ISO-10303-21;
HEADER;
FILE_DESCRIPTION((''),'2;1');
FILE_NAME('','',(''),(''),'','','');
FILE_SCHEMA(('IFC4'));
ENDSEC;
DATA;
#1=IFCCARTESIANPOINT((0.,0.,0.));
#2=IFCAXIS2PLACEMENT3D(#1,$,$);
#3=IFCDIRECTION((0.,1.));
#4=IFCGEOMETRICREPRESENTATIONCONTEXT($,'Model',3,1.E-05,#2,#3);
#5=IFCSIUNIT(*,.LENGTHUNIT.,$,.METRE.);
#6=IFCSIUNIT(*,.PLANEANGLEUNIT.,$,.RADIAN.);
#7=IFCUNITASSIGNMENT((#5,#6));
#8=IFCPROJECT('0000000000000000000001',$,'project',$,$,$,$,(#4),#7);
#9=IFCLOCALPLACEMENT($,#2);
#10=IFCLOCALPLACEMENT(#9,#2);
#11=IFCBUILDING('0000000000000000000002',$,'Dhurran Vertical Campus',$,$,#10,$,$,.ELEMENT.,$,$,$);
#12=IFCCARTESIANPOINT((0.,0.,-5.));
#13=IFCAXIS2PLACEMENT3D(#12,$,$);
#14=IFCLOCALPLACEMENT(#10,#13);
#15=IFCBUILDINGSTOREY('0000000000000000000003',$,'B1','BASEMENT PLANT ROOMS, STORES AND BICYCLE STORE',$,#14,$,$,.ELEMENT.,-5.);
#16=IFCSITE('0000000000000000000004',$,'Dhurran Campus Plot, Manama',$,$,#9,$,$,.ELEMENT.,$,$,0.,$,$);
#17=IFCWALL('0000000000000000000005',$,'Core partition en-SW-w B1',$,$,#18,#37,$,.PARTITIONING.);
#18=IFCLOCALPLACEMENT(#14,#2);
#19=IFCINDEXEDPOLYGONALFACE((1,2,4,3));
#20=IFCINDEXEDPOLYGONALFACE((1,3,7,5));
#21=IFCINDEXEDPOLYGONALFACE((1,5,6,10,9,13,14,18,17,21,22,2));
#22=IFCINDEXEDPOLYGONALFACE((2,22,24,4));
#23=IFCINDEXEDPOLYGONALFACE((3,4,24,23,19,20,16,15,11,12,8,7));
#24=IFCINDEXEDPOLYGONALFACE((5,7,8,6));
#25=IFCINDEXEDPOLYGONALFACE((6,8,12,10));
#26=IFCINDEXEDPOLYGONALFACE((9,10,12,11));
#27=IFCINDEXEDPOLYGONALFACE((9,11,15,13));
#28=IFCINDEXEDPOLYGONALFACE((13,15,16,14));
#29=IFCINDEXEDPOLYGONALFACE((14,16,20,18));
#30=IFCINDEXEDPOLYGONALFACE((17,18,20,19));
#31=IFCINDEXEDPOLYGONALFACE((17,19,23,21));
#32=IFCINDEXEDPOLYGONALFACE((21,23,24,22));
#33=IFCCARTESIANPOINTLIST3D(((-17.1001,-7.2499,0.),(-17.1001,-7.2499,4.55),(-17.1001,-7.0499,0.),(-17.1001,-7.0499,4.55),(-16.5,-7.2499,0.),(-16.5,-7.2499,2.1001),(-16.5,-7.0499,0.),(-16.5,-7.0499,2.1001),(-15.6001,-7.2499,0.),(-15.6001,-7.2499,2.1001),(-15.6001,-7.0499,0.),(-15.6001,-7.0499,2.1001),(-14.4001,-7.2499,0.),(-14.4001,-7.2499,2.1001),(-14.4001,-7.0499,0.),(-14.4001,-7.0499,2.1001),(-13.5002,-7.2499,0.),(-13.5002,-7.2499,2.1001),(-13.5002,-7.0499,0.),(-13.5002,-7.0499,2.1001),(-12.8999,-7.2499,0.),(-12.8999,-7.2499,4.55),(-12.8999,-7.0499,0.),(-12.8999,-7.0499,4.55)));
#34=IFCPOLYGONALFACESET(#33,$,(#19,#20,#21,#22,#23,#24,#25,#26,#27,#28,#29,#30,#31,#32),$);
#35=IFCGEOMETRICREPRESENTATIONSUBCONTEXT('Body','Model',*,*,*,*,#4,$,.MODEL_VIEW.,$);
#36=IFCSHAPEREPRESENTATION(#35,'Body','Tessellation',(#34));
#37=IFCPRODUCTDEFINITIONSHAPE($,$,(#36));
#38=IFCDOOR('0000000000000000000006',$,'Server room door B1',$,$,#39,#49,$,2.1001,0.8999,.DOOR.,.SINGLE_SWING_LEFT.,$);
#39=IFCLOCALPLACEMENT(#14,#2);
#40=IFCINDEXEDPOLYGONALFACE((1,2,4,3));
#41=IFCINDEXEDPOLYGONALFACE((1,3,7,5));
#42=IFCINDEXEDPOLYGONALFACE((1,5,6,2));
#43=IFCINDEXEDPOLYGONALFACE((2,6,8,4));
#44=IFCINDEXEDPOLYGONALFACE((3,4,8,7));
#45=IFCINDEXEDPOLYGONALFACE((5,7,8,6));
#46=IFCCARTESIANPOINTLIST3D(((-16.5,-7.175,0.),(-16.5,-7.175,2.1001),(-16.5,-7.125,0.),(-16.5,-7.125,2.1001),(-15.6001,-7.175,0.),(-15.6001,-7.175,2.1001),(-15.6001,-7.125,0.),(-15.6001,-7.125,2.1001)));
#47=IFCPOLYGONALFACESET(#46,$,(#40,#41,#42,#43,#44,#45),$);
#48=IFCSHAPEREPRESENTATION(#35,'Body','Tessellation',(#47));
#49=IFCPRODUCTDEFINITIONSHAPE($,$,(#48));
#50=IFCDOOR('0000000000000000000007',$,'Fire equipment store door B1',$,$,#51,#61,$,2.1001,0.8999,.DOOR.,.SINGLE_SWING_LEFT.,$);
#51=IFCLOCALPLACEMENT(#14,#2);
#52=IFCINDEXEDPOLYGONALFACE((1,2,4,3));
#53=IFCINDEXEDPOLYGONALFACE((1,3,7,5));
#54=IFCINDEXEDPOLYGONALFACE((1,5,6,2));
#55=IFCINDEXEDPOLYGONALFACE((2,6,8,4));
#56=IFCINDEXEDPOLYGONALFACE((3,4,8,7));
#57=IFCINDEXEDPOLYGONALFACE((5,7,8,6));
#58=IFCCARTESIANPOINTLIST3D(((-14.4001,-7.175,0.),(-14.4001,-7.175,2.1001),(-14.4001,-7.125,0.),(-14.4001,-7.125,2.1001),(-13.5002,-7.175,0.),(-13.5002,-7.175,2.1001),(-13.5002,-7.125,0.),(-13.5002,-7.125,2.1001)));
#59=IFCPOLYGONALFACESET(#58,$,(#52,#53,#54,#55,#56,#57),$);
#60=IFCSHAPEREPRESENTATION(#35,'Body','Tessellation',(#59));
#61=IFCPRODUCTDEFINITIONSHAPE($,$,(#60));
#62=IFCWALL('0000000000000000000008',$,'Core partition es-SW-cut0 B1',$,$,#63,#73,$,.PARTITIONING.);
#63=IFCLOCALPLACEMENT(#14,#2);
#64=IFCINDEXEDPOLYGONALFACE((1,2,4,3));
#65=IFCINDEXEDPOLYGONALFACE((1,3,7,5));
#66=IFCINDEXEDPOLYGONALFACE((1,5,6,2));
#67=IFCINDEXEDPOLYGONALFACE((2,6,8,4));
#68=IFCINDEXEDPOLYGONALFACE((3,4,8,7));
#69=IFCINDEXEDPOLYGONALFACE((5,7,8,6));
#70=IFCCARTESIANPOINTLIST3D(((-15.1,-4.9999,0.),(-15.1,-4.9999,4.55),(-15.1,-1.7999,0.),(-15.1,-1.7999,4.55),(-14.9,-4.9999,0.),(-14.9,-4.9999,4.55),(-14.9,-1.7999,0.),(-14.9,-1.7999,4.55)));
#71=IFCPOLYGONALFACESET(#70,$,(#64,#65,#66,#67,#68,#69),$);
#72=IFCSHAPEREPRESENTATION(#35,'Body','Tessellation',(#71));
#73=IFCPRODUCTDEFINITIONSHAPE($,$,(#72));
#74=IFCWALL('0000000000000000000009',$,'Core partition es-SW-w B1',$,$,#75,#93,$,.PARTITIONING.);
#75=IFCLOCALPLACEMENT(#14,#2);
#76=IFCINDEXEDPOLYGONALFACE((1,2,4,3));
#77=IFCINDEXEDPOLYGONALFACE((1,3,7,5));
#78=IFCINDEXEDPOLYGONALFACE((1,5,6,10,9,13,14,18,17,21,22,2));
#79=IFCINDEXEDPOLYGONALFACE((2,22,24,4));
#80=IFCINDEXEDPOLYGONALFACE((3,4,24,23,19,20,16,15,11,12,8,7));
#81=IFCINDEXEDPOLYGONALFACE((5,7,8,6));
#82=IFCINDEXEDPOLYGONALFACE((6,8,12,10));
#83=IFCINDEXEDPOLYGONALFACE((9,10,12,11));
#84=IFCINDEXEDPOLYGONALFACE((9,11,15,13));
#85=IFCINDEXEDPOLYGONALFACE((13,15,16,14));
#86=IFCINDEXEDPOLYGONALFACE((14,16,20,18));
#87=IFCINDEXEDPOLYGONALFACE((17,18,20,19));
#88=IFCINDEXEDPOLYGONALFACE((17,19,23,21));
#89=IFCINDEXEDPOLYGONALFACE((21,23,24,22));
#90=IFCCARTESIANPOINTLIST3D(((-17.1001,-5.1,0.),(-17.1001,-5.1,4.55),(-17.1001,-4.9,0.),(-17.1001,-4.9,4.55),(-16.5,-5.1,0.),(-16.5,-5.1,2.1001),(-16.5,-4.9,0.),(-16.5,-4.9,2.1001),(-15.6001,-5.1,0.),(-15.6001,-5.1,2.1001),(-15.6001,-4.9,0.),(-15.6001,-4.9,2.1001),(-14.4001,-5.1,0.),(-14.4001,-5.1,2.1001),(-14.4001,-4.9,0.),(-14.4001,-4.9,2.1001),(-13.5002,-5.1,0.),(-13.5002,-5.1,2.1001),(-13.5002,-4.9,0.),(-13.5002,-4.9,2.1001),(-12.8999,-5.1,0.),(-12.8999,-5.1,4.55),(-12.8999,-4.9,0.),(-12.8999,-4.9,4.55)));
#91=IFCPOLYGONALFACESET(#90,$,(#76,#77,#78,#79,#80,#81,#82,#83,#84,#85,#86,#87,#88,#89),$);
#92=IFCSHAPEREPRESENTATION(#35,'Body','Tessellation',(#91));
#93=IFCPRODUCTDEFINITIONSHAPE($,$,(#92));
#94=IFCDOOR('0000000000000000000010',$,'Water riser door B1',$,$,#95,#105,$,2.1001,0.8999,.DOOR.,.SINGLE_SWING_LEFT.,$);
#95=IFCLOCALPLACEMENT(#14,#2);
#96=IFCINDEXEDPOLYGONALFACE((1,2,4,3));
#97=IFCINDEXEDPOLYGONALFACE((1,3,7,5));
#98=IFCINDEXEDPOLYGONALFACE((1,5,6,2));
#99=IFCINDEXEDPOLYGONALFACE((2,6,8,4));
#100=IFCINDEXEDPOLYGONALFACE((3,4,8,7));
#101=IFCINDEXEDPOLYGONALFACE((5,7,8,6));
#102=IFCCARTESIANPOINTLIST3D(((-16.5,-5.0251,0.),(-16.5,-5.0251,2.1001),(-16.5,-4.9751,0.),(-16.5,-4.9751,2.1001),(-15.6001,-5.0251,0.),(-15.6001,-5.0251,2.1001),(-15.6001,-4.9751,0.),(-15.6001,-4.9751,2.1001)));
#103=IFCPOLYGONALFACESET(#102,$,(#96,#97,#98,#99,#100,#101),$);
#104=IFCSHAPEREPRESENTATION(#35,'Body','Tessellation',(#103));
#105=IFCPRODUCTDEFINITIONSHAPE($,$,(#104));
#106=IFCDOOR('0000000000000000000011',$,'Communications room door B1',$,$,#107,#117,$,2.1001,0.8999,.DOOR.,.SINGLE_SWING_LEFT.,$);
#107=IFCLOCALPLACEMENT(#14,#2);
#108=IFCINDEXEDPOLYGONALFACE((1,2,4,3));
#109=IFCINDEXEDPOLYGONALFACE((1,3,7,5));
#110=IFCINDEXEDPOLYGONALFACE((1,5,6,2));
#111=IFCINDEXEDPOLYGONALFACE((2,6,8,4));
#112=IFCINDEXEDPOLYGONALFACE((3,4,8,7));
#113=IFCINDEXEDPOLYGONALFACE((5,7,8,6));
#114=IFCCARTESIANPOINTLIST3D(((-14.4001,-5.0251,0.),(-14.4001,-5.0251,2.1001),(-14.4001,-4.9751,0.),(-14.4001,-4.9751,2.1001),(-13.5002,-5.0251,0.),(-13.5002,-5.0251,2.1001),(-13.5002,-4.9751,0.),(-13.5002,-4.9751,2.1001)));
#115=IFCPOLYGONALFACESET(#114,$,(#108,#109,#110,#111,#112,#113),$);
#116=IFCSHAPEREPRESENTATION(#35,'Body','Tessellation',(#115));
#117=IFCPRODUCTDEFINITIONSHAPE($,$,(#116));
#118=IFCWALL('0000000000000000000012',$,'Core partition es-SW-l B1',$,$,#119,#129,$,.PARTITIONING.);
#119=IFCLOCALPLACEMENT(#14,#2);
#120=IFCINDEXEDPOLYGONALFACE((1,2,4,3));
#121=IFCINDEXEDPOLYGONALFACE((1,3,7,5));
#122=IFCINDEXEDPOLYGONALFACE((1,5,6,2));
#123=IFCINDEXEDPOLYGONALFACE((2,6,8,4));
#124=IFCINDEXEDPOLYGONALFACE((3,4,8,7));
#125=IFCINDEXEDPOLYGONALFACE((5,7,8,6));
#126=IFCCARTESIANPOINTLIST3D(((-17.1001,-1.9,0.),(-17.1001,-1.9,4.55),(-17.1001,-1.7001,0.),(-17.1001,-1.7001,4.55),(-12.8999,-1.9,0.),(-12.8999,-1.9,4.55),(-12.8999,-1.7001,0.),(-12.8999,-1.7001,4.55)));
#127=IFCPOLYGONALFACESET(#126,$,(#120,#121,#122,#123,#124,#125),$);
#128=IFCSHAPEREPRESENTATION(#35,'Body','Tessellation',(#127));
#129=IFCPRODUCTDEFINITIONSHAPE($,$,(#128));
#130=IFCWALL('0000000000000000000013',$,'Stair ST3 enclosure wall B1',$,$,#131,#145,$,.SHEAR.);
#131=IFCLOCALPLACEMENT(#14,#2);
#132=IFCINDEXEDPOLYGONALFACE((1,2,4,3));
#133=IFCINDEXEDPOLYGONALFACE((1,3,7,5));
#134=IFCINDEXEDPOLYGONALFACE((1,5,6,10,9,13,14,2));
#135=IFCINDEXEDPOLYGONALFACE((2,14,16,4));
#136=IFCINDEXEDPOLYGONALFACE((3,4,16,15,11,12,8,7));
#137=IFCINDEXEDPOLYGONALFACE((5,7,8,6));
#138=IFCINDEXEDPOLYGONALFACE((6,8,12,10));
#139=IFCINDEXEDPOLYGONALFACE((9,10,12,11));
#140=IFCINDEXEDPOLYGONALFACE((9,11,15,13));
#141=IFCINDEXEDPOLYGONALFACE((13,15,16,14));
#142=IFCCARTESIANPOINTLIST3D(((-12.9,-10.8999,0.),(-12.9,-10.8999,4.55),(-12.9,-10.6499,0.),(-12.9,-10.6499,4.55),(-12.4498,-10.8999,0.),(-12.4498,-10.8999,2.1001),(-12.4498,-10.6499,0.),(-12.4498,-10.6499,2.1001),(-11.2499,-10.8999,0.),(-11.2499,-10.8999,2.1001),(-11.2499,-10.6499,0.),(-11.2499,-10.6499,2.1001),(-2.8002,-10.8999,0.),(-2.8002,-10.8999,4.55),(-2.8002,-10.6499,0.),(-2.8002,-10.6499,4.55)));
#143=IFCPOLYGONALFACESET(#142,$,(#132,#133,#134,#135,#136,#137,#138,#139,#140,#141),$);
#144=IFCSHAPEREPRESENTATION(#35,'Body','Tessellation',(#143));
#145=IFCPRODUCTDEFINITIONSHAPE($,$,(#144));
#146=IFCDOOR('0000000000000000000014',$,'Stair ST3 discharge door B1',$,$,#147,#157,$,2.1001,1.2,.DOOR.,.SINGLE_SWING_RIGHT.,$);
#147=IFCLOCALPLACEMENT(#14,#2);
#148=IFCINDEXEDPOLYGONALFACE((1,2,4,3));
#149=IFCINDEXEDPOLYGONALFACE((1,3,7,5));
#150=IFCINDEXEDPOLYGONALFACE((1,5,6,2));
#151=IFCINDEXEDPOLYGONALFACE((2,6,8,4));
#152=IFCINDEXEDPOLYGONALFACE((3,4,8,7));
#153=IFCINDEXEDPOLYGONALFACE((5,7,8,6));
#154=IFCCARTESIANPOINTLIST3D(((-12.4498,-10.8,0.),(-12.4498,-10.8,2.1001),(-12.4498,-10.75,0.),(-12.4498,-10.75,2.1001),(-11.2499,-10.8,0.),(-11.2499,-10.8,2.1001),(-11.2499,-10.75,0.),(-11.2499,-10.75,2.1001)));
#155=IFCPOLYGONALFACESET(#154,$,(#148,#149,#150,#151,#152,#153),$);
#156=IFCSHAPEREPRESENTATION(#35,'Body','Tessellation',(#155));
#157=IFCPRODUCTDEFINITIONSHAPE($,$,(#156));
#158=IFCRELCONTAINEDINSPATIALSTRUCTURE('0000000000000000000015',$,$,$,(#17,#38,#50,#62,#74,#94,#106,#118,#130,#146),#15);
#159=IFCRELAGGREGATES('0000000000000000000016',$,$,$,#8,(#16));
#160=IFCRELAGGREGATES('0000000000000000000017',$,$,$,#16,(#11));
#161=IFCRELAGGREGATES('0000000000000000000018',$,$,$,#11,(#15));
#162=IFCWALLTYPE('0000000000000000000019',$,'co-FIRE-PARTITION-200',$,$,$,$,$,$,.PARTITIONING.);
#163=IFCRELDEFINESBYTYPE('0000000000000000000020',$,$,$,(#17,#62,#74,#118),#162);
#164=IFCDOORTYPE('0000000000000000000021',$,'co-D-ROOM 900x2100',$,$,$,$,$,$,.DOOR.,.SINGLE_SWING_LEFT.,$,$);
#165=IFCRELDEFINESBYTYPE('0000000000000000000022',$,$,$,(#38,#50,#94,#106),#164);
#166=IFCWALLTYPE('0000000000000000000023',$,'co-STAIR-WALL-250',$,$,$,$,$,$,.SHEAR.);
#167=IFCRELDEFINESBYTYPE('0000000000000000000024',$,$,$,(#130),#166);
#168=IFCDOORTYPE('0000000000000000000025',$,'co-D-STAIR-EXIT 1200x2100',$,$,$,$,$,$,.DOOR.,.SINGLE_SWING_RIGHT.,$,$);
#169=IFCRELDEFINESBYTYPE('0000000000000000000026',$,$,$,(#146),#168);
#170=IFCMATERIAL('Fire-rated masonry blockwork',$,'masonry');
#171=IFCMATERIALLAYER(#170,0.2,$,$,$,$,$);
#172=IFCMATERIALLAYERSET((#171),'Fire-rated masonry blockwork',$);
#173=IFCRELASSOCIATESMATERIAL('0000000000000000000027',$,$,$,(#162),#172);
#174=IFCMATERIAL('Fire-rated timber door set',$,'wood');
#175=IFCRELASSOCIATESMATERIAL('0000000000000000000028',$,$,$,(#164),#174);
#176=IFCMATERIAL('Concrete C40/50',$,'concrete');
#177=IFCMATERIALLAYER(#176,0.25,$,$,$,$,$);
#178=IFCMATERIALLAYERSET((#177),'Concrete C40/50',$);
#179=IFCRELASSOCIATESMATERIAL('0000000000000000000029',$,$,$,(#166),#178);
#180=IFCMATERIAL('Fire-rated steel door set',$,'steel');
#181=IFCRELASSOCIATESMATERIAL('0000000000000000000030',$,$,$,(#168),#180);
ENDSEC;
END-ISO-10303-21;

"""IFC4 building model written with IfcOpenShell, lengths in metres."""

from ifc_helpers import new_model, si_unit, direction, frame, frame_2d, origin, place, context, subcontext, project, spatial, rectangle, extrude, material, layer, layer_set, type_object, element, fill, save


model = new_model("IFC4")

# Units and contexts
model_context = context("Model", 3, precision=1e-05, world=origin(), true_north=direction((0.0, 1.0)))
body_context = subcontext(model_context, "Body", "Model", "MODEL_VIEW")
ifc_project = project(units=[si_unit("LENGTHUNIT", "METRE"), si_unit("PLANEANGLEUNIT", "RADIAN")], contexts=[model_context])

# Site, building, storey
site_placement = place(None, origin())
site = spatial("IfcSite", under=ifc_project, at=site_placement, Name="Dhurran Campus Plot, Manama", CompositionType="ELEMENT", RefElevation=0.0)
building_placement = place(site_placement, origin())
building = spatial("IfcBuilding", under=site, at=building_placement, Name="Dhurran Vertical Campus", CompositionType="ELEMENT")
storey_placement = place(building_placement, frame((0.0, 0.0, -5.0)))
storey = spatial("IfcBuildingStorey", under=building, at=storey_placement, Name="B1", Description="BASEMENT PLANT ROOMS, STORES AND BICYCLE STORE", CompositionType="ELEMENT", Elevation=-5.0)

# Wall, openings, doors
ifc_material_1 = material(Name="Fire-rated masonry blockwork", Category="masonry")
ifc_layer_1 = layer(ifc_material_1, 0.2)
ifc_layer_set_1 = layer_set([ifc_layer_1], Name="Fire-rated masonry blockwork")
wall_type_1 = type_object("IfcWallType", Name="co-FIRE-PARTITION-200", PredefinedType="PARTITIONING", material=ifc_layer_set_1)
wall_1_placement = place(storey_placement, frame((-17.1001, -7.1499, 0.0), z_axis=(0.0, 0.0, 1.0), x_axis=(1.0, 0.0, 0.0)))
wall_1 = element("IfcWall", 1, at=wall_1_placement, inside=storey, type_object=wall_type_1, Name="Core partition en-SW-w B1", PredefinedType="PARTITIONING", context=body_context, shape_type="SweptSolid", body=[
    extrude(rectangle(XDim=4.2002, YDim=0.2, at=frame_2d((2.1001, 0.0))), origin(), (0.0, 0.0, 1.0), 4.55),
])
opening_1_placement = place(wall_1_placement, frame((0.6001, 0.0, 0.0)))
opening_1 = element("IfcOpeningElement", 2, at=opening_1_placement, cuts=wall_1, PredefinedType="OPENING", context=body_context, shape_type="SweptSolid", body=[
    extrude(rectangle(XDim=0.8999, YDim=2.1001, at=frame_2d((0.45, 1.05))), frame((0.0, 0.1099, 0.0), z_axis=(0.0, -1.0, 0.0), x_axis=(1.0, 0.0, 0.0)), (0.0, 0.0, 1.0), 0.22),
])
opening_2_placement = place(wall_1_placement, frame((2.7, 0.0, 0.0)))
opening_2 = element("IfcOpeningElement", 3, at=opening_2_placement, cuts=wall_1, PredefinedType="OPENING", context=body_context, shape_type="SweptSolid", body=[
    extrude(rectangle(XDim=0.8999, YDim=2.1001, at=frame_2d((0.45, 1.05))), frame((0.0, 0.1099, 0.0), z_axis=(0.0, -1.0, 0.0), x_axis=(1.0, 0.0, 0.0)), (0.0, 0.0, 1.0), 0.22),
])
ifc_material_2 = material(Name="Fire-rated timber door set", Category="wood")
door_type_1 = type_object("IfcDoorType", Name="co-D-ROOM 900x2100", OperationType="SINGLE_SWING_LEFT", PredefinedType="DOOR", material=ifc_material_2)
door_1_placement = place(opening_1_placement, origin())
door_1 = element("IfcDoor", 4, at=door_1_placement, inside=storey, type_object=door_type_1, Name="Server room door B1", OperationType="SINGLE_SWING_LEFT", OverallHeight=2.1001, OverallWidth=0.8999, PredefinedType="DOOR", context=body_context, shape_type="SweptSolid", body=[
    extrude(rectangle(XDim=0.8999, YDim=2.1001, at=frame_2d((0.45, 1.05))), frame((0.0, 0.0249, 0.0), z_axis=(0.0, -1.0, 0.0), x_axis=(1.0, 0.0, 0.0)), (0.0, 0.0, 1.0), 0.05),
])
fill(opening_1, door_1)
door_2_placement = place(opening_2_placement, origin())
door_2 = element("IfcDoor", 5, at=door_2_placement, inside=storey, type_object=door_type_1, Name="Fire equipment store door B1", OperationType="SINGLE_SWING_LEFT", OverallHeight=2.1001, OverallWidth=0.8999, PredefinedType="DOOR", context=body_context, shape_type="SweptSolid", body=[
    extrude(rectangle(XDim=0.8999, YDim=2.1001, at=frame_2d((0.45, 1.05))), frame((0.0, 0.0249, 0.0), z_axis=(0.0, -1.0, 0.0), x_axis=(1.0, 0.0, 0.0)), (0.0, 0.0, 1.0), 0.05),
])
fill(opening_2, door_2)

# Wall
wall_2_placement = place(storey_placement, frame((-15.0, -5.0, 0.0), z_axis=(0.0, 0.0, 1.0), x_axis=(0.0, 1.0, 0.0)))
element("IfcWall", 6, at=wall_2_placement, inside=storey, type_object=wall_type_1, Name="Core partition es-SW-cut0 B1", PredefinedType="PARTITIONING", context=body_context, shape_type="SweptSolid", body=[
    extrude(rectangle(XDim=3.2, YDim=0.2, at=frame_2d((1.6001, 0.0))), origin(), (0.0, 0.0, 1.0), 4.55),
])

# Wall, openings, doors
wall_3_placement = place(storey_placement, frame((-17.1001, -5.0, 0.0), z_axis=(0.0, 0.0, 1.0), x_axis=(1.0, 0.0, 0.0)))
wall_3 = element("IfcWall", 7, at=wall_3_placement, inside=storey, type_object=wall_type_1, Name="Core partition es-SW-w B1", PredefinedType="PARTITIONING", context=body_context, shape_type="SweptSolid", body=[
    extrude(rectangle(XDim=4.2002, YDim=0.2, at=frame_2d((2.1001, 0.0))), origin(), (0.0, 0.0, 1.0), 4.55),
])
opening_3_placement = place(wall_3_placement, frame((0.6001, 0.0, 0.0)))
opening_3 = element("IfcOpeningElement", 8, at=opening_3_placement, cuts=wall_3, PredefinedType="OPENING", context=body_context, shape_type="SweptSolid", body=[
    extrude(rectangle(XDim=0.8999, YDim=2.1001, at=frame_2d((0.45, 1.05))), frame((0.0, 0.1099, 0.0), z_axis=(0.0, -1.0, 0.0), x_axis=(1.0, 0.0, 0.0)), (0.0, 0.0, 1.0), 0.22),
])
opening_4_placement = place(wall_3_placement, frame((2.7, 0.0, 0.0)))
opening_4 = element("IfcOpeningElement", 9, at=opening_4_placement, cuts=wall_3, PredefinedType="OPENING", context=body_context, shape_type="SweptSolid", body=[
    extrude(rectangle(XDim=0.8999, YDim=2.1001, at=frame_2d((0.45, 1.05))), frame((0.0, 0.1099, 0.0), z_axis=(0.0, -1.0, 0.0), x_axis=(1.0, 0.0, 0.0)), (0.0, 0.0, 1.0), 0.22),
])
door_3_placement = place(opening_3_placement, origin())
door_3 = element("IfcDoor", 10, at=door_3_placement, inside=storey, type_object=door_type_1, Name="Water riser door B1", OperationType="SINGLE_SWING_LEFT", OverallHeight=2.1001, OverallWidth=0.8999, PredefinedType="DOOR", context=body_context, shape_type="SweptSolid", body=[
    extrude(rectangle(XDim=0.8999, YDim=2.1001, at=frame_2d((0.45, 1.05))), frame((0.0, 0.0249, 0.0), z_axis=(0.0, -1.0, 0.0), x_axis=(1.0, 0.0, 0.0)), (0.0, 0.0, 1.0), 0.05),
])
fill(opening_3, door_3)
door_4_placement = place(opening_4_placement, origin())
door_4 = element("IfcDoor", 11, at=door_4_placement, inside=storey, type_object=door_type_1, Name="Communications room door B1", OperationType="SINGLE_SWING_LEFT", OverallHeight=2.1001, OverallWidth=0.8999, PredefinedType="DOOR", context=body_context, shape_type="SweptSolid", body=[
    extrude(rectangle(XDim=0.8999, YDim=2.1001, at=frame_2d((0.45, 1.05))), frame((0.0, 0.0249, 0.0), z_axis=(0.0, -1.0, 0.0), x_axis=(1.0, 0.0, 0.0)), (0.0, 0.0, 1.0), 0.05),
])
fill(opening_4, door_4)

# Wall
wall_4_placement = place(storey_placement, frame((-17.1001, -1.8, 0.0), z_axis=(0.0, 0.0, 1.0), x_axis=(1.0, 0.0, 0.0)))
element("IfcWall", 12, at=wall_4_placement, inside=storey, type_object=wall_type_1, Name="Core partition es-SW-l B1", PredefinedType="PARTITIONING", context=body_context, shape_type="SweptSolid", body=[
    extrude(rectangle(XDim=4.2002, YDim=0.2, at=frame_2d((2.1001, 0.0))), origin(), (0.0, 0.0, 1.0), 4.55),
])

# Wall, opening, door
ifc_material_3 = material(Name="Concrete C40/50", Category="concrete")
ifc_layer_2 = layer(ifc_material_3, 0.25)
ifc_layer_set_2 = layer_set([ifc_layer_2], Name="Concrete C40/50")
wall_type_2 = type_object("IfcWallType", Name="co-STAIR-WALL-250", PredefinedType="SHEAR", material=ifc_layer_set_2)
wall_5_placement = place(storey_placement, frame((-12.8999, -10.7749, 0.0), z_axis=(0.0, 0.0, 1.0), x_axis=(1.0, 0.0, 0.0)))
wall_5 = element("IfcWall", 13, at=wall_5_placement, inside=storey, type_object=wall_type_2, Name="Stair ST3 enclosure wall B1", PredefinedType="SHEAR", context=body_context, shape_type="SweptSolid", body=[
    extrude(rectangle(XDim=10.0999, YDim=0.25, at=frame_2d((5.0498, 0.0))), origin(), (0.0, 0.0, 1.0), 4.55),
])
opening_5_placement = place(wall_5_placement, frame((0.45, 0.0, 0.0)))
opening_5 = element("IfcOpeningElement", 14, at=opening_5_placement, cuts=wall_5, PredefinedType="OPENING", context=body_context, shape_type="SweptSolid", body=[
    extrude(rectangle(XDim=1.2, YDim=2.1001, at=frame_2d((0.6001, 1.05))), frame((0.0, 0.135, 0.0), z_axis=(0.0, -1.0, 0.0), x_axis=(1.0, 0.0, 0.0)), (0.0, 0.0, 1.0), 0.27),
])
ifc_material_4 = material(Name="Fire-rated steel door set", Category="steel")
door_type_2 = type_object("IfcDoorType", Name="co-D-STAIR-EXIT 1200x2100", OperationType="SINGLE_SWING_RIGHT", PredefinedType="DOOR", material=ifc_material_4)
door_5_placement = place(opening_5_placement, origin())
door_5 = element("IfcDoor", 15, at=door_5_placement, inside=storey, type_object=door_type_2, Name="Stair ST3 discharge door B1", OperationType="SINGLE_SWING_RIGHT", OverallHeight=2.1001, OverallWidth=1.2, PredefinedType="DOOR", context=body_context, shape_type="SweptSolid", body=[
    extrude(rectangle(XDim=1.2, YDim=2.1001, at=frame_2d((0.6001, 1.05))), frame((0.0, 0.0249, 0.0), z_axis=(0.0, -1.0, 0.0), x_axis=(1.0, 0.0, 0.0)), (0.0, 0.0, 1.0), 0.05),
])
fill(opening_5, door_5)

save(model, "model.ifc")
